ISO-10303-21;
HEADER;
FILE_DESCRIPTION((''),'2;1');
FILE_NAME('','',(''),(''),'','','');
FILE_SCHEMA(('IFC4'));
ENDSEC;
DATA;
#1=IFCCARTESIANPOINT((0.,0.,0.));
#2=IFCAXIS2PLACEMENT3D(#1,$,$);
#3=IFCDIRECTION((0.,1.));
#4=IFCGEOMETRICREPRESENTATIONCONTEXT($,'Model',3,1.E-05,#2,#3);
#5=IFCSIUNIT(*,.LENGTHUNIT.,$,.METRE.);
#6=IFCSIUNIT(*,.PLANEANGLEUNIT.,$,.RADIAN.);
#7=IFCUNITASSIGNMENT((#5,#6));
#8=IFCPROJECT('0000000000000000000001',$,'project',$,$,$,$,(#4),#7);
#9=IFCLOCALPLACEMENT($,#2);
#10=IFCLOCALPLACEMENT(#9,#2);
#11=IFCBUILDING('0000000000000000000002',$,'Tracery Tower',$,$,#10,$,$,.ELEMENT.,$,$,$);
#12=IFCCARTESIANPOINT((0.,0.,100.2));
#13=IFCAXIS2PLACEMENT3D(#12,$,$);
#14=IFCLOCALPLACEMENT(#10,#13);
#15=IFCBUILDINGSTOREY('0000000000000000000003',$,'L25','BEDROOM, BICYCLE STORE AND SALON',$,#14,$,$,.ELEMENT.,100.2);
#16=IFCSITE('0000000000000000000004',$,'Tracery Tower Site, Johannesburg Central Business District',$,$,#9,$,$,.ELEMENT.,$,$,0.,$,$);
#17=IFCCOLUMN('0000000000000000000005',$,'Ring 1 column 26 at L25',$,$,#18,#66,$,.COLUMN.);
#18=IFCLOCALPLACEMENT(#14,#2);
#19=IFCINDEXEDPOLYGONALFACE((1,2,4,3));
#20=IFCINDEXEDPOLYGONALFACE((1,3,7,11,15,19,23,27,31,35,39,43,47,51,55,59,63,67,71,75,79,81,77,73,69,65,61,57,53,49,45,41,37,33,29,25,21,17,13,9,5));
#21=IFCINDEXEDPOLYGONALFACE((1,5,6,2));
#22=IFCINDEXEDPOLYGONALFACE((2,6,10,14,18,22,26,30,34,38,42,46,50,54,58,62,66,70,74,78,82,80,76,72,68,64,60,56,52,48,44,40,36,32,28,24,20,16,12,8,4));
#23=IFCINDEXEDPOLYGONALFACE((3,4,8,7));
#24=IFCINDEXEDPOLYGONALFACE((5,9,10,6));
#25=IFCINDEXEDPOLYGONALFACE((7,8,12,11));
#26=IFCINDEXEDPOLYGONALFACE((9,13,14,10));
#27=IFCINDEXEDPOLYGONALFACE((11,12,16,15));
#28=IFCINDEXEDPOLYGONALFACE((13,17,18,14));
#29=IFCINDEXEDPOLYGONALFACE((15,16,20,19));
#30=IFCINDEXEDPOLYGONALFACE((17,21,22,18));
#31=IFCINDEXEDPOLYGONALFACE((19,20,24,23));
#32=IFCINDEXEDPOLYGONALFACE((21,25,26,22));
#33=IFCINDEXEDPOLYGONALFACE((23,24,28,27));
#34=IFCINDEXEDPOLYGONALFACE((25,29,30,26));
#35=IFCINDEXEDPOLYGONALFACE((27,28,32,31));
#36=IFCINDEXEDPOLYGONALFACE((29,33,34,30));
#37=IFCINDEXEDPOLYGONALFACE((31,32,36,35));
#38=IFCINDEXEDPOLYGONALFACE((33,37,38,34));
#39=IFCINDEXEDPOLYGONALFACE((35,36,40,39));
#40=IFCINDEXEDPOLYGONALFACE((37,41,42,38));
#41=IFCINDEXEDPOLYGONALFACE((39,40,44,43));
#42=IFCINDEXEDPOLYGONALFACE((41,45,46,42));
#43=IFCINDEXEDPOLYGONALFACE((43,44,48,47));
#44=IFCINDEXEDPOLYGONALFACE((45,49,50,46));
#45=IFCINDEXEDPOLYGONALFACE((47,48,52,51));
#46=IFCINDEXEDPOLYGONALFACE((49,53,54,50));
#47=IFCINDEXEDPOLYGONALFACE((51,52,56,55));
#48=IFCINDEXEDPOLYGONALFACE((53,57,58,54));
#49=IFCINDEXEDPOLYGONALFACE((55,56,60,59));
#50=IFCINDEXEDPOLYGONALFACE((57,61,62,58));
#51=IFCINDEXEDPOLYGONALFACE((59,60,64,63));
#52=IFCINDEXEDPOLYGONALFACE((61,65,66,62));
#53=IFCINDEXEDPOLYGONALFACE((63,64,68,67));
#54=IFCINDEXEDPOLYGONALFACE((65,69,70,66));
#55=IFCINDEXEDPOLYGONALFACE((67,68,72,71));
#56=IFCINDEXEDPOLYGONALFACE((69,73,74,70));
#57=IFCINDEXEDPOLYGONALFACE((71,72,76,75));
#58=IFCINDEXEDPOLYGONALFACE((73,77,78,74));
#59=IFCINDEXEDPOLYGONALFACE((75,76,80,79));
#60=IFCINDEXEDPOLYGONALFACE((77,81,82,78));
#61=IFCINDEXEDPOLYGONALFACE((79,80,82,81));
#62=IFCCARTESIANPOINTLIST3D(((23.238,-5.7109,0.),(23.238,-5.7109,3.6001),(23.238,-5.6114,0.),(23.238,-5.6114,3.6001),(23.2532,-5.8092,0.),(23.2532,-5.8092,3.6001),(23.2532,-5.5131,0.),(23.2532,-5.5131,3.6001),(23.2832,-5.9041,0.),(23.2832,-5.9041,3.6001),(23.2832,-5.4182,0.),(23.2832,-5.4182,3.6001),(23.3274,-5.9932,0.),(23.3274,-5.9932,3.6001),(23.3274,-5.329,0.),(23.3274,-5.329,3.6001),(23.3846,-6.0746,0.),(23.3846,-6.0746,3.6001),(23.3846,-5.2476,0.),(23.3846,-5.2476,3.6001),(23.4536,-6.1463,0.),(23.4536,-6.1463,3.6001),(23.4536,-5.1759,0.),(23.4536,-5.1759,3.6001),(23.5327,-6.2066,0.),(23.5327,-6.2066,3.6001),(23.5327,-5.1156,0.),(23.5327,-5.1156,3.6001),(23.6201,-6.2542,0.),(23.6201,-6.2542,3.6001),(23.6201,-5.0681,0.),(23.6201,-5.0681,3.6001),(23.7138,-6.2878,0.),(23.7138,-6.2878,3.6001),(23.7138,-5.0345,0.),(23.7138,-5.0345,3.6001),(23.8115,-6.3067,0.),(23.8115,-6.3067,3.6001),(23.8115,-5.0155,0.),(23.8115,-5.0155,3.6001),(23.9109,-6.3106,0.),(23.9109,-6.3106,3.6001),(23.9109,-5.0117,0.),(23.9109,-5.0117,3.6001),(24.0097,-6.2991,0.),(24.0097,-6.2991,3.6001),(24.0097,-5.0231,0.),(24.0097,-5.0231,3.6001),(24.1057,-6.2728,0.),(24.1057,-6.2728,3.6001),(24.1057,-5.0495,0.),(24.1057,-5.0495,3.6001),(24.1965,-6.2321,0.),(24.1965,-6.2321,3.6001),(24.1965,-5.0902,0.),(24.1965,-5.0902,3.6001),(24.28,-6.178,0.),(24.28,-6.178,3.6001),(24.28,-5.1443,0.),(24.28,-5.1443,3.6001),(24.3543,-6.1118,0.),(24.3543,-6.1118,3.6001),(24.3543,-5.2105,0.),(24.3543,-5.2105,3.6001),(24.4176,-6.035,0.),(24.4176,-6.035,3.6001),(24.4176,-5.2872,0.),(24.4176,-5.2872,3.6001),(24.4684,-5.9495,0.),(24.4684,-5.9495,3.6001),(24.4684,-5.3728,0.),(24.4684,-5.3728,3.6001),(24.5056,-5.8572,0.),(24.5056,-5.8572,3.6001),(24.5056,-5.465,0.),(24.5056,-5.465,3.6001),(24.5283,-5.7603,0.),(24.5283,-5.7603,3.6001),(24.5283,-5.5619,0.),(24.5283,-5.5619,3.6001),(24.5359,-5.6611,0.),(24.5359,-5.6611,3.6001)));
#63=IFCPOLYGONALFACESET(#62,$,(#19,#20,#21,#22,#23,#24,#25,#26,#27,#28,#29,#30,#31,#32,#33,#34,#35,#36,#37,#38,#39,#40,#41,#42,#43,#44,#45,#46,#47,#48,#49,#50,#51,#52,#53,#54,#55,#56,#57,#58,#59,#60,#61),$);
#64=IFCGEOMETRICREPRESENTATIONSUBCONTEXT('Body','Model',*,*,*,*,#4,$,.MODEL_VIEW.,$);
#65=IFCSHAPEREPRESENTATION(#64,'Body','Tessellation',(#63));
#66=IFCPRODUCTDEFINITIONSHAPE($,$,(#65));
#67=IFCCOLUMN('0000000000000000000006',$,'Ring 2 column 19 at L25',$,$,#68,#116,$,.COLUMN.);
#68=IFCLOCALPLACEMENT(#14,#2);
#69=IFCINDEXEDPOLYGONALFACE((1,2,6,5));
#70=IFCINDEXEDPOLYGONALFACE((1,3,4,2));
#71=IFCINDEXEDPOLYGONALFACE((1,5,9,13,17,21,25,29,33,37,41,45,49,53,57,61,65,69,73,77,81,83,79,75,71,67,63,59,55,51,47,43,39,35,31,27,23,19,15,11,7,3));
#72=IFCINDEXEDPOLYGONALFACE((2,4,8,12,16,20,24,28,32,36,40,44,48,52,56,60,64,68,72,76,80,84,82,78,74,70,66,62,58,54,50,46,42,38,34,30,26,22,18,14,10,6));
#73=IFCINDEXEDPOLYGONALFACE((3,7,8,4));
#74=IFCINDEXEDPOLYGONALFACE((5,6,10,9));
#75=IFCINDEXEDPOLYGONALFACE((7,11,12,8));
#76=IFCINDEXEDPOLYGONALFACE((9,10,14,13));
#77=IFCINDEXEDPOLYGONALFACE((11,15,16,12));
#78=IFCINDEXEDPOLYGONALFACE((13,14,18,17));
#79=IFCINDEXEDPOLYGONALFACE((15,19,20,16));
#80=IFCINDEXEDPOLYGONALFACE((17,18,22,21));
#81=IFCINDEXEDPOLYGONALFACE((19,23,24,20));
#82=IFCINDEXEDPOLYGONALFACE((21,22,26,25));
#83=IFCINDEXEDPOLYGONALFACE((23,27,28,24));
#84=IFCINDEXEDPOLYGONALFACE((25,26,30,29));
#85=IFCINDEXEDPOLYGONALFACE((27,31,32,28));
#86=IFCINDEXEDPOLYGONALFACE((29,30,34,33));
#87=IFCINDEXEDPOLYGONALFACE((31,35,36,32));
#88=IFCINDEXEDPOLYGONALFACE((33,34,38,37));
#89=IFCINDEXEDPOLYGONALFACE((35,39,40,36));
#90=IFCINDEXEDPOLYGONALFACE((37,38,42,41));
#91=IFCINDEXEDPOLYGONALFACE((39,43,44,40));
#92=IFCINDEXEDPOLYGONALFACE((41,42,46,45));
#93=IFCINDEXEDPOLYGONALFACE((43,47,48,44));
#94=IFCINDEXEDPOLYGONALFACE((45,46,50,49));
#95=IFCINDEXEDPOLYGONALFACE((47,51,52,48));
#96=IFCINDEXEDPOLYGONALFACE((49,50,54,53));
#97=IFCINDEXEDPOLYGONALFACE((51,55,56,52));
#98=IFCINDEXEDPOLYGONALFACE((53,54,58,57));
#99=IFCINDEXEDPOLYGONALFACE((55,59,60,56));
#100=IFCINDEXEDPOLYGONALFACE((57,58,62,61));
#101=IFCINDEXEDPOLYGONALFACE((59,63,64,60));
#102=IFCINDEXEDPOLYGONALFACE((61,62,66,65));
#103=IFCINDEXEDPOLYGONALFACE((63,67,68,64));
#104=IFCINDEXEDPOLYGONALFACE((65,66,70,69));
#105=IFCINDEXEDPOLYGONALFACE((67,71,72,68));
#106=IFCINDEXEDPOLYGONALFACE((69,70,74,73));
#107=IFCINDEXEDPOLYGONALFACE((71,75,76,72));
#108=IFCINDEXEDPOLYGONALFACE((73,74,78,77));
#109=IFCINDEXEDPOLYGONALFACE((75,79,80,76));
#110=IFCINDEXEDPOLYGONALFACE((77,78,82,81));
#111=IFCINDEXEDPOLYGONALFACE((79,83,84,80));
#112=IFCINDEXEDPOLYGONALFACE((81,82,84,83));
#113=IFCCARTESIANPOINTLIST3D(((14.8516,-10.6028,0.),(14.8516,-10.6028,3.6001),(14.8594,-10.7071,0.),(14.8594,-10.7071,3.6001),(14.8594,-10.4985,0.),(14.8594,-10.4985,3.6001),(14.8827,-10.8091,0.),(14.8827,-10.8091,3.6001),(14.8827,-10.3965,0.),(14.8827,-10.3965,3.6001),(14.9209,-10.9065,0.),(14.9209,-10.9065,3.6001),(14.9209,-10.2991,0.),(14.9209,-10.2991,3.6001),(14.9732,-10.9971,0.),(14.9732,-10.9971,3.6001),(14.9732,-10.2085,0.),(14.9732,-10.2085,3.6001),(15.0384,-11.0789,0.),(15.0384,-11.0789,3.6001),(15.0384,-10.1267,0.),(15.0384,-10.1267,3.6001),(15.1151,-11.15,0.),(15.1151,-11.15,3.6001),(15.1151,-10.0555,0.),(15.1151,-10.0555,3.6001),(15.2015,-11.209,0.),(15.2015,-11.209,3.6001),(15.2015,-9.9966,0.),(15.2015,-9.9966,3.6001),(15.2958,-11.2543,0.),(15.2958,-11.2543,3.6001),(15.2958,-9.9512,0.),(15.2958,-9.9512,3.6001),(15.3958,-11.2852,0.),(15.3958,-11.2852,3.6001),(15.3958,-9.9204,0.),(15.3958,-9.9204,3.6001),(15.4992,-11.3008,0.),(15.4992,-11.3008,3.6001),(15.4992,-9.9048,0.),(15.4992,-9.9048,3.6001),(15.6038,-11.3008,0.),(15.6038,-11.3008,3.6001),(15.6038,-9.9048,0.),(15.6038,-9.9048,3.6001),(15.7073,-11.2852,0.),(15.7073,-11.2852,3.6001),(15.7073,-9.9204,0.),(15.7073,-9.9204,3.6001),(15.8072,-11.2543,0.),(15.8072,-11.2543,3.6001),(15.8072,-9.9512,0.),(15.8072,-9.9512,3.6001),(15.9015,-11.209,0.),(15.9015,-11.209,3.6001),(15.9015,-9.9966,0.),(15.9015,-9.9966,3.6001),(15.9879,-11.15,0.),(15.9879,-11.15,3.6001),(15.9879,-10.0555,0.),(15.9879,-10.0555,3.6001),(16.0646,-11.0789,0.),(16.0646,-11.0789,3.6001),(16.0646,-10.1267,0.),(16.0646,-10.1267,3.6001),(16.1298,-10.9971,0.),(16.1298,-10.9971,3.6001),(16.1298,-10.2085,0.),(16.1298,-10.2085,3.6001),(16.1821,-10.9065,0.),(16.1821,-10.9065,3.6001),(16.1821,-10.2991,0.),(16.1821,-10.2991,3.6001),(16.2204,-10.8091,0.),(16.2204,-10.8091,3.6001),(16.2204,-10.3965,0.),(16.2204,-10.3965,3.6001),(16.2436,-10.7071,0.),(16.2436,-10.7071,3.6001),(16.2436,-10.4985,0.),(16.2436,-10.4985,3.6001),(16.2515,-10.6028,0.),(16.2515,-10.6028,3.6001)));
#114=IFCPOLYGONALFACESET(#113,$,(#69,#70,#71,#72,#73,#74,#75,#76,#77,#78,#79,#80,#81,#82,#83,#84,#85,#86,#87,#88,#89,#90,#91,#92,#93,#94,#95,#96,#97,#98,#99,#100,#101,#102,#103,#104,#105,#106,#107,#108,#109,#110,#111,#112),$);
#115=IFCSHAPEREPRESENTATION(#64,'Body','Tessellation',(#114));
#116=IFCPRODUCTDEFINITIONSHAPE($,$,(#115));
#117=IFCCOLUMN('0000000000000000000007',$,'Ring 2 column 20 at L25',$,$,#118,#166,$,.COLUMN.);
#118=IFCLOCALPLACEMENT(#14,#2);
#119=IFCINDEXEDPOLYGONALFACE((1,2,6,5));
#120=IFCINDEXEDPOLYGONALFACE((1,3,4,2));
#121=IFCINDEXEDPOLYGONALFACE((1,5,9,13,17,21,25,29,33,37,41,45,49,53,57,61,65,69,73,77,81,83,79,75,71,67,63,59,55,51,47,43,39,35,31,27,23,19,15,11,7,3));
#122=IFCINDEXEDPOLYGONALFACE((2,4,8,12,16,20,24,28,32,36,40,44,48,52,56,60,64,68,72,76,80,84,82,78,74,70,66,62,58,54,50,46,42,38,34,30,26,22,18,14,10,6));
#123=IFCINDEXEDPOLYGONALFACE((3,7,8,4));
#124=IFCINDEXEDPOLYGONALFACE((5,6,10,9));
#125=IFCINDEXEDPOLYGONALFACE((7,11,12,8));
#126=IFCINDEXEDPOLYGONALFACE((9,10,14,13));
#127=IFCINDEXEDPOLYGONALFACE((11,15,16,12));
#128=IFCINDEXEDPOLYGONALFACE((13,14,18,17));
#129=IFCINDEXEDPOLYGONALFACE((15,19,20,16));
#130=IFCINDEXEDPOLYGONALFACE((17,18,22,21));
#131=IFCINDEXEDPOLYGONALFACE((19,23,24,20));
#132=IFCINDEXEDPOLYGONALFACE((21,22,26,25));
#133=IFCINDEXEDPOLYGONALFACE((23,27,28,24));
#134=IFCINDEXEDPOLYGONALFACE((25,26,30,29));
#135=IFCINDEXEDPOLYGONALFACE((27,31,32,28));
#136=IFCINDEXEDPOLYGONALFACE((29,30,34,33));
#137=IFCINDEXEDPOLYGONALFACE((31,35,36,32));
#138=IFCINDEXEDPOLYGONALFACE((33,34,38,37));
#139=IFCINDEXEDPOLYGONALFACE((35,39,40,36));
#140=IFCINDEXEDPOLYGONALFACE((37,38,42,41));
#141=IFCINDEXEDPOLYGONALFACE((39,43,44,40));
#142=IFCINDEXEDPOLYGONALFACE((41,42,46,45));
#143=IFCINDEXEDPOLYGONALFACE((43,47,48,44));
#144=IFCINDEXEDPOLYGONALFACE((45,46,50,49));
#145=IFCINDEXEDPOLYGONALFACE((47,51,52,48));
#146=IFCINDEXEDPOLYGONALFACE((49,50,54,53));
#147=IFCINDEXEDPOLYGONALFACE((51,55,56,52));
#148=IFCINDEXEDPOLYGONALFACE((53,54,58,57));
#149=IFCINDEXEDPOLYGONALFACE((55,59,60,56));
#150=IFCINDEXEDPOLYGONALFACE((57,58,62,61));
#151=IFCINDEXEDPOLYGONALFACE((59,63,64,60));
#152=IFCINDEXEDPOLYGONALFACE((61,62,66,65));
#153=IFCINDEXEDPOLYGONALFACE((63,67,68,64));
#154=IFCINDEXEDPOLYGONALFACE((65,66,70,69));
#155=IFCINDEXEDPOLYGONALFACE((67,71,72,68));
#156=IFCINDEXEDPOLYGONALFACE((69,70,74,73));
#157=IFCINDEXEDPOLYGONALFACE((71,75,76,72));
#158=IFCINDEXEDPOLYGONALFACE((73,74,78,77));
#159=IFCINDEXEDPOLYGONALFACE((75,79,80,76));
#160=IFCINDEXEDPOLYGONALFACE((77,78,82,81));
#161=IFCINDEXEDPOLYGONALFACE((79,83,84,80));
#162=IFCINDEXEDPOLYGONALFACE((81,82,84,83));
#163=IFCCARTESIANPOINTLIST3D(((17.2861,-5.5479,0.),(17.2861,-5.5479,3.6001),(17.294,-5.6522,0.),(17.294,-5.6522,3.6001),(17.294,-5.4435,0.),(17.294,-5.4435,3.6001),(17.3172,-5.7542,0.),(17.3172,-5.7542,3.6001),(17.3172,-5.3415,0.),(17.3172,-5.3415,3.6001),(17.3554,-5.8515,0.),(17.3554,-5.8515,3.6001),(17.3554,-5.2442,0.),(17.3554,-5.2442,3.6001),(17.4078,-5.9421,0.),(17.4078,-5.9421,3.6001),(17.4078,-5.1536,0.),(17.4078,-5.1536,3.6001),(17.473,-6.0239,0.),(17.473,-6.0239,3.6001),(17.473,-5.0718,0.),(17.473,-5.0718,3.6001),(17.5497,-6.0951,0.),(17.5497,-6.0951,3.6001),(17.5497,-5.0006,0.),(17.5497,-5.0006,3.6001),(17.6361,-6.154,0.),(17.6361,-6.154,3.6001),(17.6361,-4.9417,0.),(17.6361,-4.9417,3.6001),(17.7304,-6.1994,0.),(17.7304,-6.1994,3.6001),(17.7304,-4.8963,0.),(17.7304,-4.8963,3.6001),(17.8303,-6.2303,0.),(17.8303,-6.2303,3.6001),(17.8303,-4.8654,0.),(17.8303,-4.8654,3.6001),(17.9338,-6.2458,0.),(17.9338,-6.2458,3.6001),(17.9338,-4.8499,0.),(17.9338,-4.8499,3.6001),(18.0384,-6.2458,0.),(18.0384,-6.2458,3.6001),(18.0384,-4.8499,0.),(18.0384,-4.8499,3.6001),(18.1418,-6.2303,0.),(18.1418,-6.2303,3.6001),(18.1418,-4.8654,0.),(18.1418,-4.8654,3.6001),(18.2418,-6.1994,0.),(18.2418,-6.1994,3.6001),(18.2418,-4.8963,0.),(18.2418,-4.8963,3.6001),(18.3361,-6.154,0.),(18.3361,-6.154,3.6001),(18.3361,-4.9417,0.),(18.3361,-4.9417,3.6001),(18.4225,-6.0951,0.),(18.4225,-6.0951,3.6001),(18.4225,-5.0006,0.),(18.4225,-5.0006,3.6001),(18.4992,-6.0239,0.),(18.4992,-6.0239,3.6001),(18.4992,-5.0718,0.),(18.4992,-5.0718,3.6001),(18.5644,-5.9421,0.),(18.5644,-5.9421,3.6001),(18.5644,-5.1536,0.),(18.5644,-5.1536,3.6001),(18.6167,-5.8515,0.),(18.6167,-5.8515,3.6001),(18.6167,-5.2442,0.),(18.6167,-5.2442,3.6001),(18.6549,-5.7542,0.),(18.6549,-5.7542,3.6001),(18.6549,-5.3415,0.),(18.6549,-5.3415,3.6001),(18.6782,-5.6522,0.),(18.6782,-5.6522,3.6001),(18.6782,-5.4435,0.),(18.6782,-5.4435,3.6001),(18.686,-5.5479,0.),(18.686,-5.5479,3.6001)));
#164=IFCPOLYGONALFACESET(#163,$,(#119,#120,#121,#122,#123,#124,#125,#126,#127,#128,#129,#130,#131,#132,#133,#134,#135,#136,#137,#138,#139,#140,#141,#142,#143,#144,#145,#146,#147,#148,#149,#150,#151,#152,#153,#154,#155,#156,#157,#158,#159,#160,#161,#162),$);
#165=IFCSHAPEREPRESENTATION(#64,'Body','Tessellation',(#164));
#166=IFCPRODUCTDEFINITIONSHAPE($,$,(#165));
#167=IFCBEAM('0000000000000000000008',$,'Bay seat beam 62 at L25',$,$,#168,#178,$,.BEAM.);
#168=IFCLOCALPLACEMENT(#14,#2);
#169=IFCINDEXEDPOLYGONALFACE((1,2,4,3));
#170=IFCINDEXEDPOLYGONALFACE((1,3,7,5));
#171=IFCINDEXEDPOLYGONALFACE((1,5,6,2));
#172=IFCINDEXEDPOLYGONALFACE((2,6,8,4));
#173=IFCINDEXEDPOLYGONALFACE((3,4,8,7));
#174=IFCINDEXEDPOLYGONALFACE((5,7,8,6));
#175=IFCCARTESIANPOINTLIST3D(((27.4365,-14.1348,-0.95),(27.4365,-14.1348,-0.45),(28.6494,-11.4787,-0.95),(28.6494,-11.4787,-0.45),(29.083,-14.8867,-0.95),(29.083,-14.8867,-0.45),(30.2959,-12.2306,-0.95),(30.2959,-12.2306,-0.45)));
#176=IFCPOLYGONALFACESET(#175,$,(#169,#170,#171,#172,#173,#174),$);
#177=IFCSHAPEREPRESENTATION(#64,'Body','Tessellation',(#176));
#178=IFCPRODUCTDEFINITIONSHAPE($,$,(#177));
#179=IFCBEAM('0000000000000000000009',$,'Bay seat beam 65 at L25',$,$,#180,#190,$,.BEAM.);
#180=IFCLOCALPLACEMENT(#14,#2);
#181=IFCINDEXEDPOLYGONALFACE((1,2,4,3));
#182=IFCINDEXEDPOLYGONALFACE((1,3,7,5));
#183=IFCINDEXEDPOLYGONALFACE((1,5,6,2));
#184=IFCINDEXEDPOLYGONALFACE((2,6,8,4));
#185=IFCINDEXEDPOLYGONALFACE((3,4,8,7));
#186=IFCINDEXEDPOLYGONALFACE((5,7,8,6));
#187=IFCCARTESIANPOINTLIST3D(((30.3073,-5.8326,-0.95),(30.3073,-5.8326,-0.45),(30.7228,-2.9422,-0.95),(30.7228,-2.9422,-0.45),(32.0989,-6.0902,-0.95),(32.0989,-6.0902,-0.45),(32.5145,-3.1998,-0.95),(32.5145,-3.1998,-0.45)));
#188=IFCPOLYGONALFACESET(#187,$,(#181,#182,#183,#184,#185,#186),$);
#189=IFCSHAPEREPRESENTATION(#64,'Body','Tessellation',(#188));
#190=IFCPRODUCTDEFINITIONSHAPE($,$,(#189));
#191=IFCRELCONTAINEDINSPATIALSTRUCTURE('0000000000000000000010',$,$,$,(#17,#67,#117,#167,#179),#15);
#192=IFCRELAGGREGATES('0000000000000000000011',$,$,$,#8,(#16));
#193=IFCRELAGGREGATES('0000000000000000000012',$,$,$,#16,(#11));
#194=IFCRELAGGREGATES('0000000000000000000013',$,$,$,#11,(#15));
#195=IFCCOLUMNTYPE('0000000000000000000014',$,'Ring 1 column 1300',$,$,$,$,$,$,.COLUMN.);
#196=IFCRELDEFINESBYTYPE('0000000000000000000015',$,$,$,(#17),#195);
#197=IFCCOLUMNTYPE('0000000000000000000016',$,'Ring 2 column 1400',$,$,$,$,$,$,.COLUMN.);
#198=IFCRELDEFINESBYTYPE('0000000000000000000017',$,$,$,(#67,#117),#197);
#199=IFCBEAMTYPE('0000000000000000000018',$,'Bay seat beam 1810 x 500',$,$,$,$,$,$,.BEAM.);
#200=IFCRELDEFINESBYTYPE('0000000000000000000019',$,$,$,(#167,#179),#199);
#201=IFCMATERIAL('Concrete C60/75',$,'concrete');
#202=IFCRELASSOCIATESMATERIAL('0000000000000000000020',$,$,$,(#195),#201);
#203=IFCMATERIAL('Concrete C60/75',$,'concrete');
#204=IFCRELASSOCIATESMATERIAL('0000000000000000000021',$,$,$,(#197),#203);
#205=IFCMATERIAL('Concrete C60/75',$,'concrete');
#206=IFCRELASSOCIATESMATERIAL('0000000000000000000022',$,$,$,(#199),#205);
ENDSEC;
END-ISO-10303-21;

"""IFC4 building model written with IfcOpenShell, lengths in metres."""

from ifc_helpers import new_model, si_unit, direction, frame, origin, origin_2d, place, context, subcontext, project, spatial, rectangle, circle, extrude, material, material_profile, profile_set, type_object, element, save


model = new_model("IFC4")

# Units and contexts
model_context = context("Model", 3, precision=1e-05, world=origin(), true_north=direction((0.0, 1.0)))
body_context = subcontext(model_context, "Body", "Model", "MODEL_VIEW")
ifc_project = project(units=[si_unit("LENGTHUNIT", "METRE"), si_unit("PLANEANGLEUNIT", "RADIAN")], contexts=[model_context])

# Site, building, storey
site_placement = place(None, origin())
site = spatial("IfcSite", under=ifc_project, at=site_placement, Name="Tracery Tower Site, Johannesburg Central Business District", CompositionType="ELEMENT", RefElevation=0.0)
building_placement = place(site_placement, origin())
building = spatial("IfcBuilding", under=site, at=building_placement, Name="Tracery Tower", CompositionType="ELEMENT")
storey_placement = place(building_placement, frame((0.0, 0.0, 100.2)))
storey = spatial("IfcBuildingStorey", under=building, at=storey_placement, Name="L25", Description="BEDROOM, BICYCLE STORE AND SALON", CompositionType="ELEMENT", Elevation=100.2)

# Columns
ifc_material_1 = material(Name="Concrete C60/75", Category="concrete")
ifc_material_profile_1 = material_profile(ifc_material_1, circle(Radius=0.6499, at=origin_2d()), Name="RC D1300")
ifc_profile_set_1 = profile_set([ifc_material_profile_1], Name="Concrete C60/75")
column_type_1 = type_object("IfcColumnType", Name="Ring 1 column 1300", PredefinedType="COLUMN", material=ifc_profile_set_1)
for number, where, z_axis, x_axis, name in (
    (1, (23.886, -5.6611, 0.0), (0.0, 0.0, 1.0), (1.0, 0.0, 0.0), "Ring 1 column 26 at L25"),
):
    element("IfcColumn", number, at=place(storey_placement, frame(where, z_axis=z_axis, x_axis=x_axis)), inside=storey, type_object=column_type_1, Name=name, PredefinedType="COLUMN", context=body_context, shape_type="SweptSolid", body=[
        extrude(circle(Radius=0.6499, at=origin_2d()), origin(), (0.0, 0.0, 1.0), 3.6001),
    ])
ifc_material_2 = material(Name="Concrete C60/75", Category="concrete")
ifc_material_profile_2 = material_profile(ifc_material_2, circle(Radius=0.7, at=origin_2d()), Name="RC D1400")
ifc_profile_set_2 = profile_set([ifc_material_profile_2], Name="Concrete C60/75")
column_type_2 = type_object("IfcColumnType", Name="Ring 2 column 1400", PredefinedType="COLUMN", material=ifc_profile_set_2)
for number, where, z_axis, x_axis, name in (
    (2, (15.5515, -10.6028, 0.0), (0.0, 0.0, 1.0), (1.0, 0.0, 0.0), "Ring 2 column 19 at L25"),
    (3, (17.9861, -5.5479, 0.0), (0.0, 0.0, 1.0), (1.0, 0.0, 0.0), "Ring 2 column 20 at L25"),
):
    element("IfcColumn", number, at=place(storey_placement, frame(where, z_axis=z_axis, x_axis=x_axis)), inside=storey, type_object=column_type_2, Name=name, PredefinedType="COLUMN", context=body_context, shape_type="SweptSolid", body=[
        extrude(circle(Radius=0.7, at=origin_2d()), origin(), (0.0, 0.0, 1.0), 3.6001),
    ])

# Beams
ifc_material_3 = material(Name="Concrete C60/75", Category="concrete")
ifc_material_profile_3 = material_profile(ifc_material_3, rectangle(XDim=1.8101, YDim=0.5, at=origin_2d()), Name="RC 1810x500")
ifc_profile_set_3 = profile_set([ifc_material_profile_3], Name="Concrete C60/75")
beam_type_1 = type_object("IfcBeamType", Name="Bay seat beam 1810 x 500", PredefinedType="BEAM", material=ifc_profile_set_3)
beam_1_placement = place(storey_placement, frame((28.2598, -14.5107, -0.7), z_axis=(0.415396, 0.909641, 0.0), x_axis=(-0.909641, 0.415396, 0.0)))
element("IfcBeam", 4, at=beam_1_placement, inside=storey, type_object=beam_type_1, Name="Bay seat beam 62 at L25", PredefinedType="BEAM", context=body_context, shape_type="SweptSolid", body=[
    extrude(rectangle(XDim=1.8101, YDim=0.5, at=origin_2d()), origin(), (0.0, 0.0, 1.0), 2.9199),
])
beam_2_placement = place(storey_placement, frame((31.2031, -5.9614, -0.7), z_axis=(0.142299, 0.989824, 0.0), x_axis=(-0.989824, 0.142299, 0.0)))
element("IfcBeam", 5, at=beam_2_placement, inside=storey, type_object=beam_type_1, Name="Bay seat beam 65 at L25", PredefinedType="BEAM", context=body_context, shape_type="SweptSolid", body=[
    extrude(rectangle(XDim=1.8101, YDim=0.5, at=origin_2d()), origin(), (0.0, 0.0, 1.0), 2.9202),
])

save(model, "model.ifc")
